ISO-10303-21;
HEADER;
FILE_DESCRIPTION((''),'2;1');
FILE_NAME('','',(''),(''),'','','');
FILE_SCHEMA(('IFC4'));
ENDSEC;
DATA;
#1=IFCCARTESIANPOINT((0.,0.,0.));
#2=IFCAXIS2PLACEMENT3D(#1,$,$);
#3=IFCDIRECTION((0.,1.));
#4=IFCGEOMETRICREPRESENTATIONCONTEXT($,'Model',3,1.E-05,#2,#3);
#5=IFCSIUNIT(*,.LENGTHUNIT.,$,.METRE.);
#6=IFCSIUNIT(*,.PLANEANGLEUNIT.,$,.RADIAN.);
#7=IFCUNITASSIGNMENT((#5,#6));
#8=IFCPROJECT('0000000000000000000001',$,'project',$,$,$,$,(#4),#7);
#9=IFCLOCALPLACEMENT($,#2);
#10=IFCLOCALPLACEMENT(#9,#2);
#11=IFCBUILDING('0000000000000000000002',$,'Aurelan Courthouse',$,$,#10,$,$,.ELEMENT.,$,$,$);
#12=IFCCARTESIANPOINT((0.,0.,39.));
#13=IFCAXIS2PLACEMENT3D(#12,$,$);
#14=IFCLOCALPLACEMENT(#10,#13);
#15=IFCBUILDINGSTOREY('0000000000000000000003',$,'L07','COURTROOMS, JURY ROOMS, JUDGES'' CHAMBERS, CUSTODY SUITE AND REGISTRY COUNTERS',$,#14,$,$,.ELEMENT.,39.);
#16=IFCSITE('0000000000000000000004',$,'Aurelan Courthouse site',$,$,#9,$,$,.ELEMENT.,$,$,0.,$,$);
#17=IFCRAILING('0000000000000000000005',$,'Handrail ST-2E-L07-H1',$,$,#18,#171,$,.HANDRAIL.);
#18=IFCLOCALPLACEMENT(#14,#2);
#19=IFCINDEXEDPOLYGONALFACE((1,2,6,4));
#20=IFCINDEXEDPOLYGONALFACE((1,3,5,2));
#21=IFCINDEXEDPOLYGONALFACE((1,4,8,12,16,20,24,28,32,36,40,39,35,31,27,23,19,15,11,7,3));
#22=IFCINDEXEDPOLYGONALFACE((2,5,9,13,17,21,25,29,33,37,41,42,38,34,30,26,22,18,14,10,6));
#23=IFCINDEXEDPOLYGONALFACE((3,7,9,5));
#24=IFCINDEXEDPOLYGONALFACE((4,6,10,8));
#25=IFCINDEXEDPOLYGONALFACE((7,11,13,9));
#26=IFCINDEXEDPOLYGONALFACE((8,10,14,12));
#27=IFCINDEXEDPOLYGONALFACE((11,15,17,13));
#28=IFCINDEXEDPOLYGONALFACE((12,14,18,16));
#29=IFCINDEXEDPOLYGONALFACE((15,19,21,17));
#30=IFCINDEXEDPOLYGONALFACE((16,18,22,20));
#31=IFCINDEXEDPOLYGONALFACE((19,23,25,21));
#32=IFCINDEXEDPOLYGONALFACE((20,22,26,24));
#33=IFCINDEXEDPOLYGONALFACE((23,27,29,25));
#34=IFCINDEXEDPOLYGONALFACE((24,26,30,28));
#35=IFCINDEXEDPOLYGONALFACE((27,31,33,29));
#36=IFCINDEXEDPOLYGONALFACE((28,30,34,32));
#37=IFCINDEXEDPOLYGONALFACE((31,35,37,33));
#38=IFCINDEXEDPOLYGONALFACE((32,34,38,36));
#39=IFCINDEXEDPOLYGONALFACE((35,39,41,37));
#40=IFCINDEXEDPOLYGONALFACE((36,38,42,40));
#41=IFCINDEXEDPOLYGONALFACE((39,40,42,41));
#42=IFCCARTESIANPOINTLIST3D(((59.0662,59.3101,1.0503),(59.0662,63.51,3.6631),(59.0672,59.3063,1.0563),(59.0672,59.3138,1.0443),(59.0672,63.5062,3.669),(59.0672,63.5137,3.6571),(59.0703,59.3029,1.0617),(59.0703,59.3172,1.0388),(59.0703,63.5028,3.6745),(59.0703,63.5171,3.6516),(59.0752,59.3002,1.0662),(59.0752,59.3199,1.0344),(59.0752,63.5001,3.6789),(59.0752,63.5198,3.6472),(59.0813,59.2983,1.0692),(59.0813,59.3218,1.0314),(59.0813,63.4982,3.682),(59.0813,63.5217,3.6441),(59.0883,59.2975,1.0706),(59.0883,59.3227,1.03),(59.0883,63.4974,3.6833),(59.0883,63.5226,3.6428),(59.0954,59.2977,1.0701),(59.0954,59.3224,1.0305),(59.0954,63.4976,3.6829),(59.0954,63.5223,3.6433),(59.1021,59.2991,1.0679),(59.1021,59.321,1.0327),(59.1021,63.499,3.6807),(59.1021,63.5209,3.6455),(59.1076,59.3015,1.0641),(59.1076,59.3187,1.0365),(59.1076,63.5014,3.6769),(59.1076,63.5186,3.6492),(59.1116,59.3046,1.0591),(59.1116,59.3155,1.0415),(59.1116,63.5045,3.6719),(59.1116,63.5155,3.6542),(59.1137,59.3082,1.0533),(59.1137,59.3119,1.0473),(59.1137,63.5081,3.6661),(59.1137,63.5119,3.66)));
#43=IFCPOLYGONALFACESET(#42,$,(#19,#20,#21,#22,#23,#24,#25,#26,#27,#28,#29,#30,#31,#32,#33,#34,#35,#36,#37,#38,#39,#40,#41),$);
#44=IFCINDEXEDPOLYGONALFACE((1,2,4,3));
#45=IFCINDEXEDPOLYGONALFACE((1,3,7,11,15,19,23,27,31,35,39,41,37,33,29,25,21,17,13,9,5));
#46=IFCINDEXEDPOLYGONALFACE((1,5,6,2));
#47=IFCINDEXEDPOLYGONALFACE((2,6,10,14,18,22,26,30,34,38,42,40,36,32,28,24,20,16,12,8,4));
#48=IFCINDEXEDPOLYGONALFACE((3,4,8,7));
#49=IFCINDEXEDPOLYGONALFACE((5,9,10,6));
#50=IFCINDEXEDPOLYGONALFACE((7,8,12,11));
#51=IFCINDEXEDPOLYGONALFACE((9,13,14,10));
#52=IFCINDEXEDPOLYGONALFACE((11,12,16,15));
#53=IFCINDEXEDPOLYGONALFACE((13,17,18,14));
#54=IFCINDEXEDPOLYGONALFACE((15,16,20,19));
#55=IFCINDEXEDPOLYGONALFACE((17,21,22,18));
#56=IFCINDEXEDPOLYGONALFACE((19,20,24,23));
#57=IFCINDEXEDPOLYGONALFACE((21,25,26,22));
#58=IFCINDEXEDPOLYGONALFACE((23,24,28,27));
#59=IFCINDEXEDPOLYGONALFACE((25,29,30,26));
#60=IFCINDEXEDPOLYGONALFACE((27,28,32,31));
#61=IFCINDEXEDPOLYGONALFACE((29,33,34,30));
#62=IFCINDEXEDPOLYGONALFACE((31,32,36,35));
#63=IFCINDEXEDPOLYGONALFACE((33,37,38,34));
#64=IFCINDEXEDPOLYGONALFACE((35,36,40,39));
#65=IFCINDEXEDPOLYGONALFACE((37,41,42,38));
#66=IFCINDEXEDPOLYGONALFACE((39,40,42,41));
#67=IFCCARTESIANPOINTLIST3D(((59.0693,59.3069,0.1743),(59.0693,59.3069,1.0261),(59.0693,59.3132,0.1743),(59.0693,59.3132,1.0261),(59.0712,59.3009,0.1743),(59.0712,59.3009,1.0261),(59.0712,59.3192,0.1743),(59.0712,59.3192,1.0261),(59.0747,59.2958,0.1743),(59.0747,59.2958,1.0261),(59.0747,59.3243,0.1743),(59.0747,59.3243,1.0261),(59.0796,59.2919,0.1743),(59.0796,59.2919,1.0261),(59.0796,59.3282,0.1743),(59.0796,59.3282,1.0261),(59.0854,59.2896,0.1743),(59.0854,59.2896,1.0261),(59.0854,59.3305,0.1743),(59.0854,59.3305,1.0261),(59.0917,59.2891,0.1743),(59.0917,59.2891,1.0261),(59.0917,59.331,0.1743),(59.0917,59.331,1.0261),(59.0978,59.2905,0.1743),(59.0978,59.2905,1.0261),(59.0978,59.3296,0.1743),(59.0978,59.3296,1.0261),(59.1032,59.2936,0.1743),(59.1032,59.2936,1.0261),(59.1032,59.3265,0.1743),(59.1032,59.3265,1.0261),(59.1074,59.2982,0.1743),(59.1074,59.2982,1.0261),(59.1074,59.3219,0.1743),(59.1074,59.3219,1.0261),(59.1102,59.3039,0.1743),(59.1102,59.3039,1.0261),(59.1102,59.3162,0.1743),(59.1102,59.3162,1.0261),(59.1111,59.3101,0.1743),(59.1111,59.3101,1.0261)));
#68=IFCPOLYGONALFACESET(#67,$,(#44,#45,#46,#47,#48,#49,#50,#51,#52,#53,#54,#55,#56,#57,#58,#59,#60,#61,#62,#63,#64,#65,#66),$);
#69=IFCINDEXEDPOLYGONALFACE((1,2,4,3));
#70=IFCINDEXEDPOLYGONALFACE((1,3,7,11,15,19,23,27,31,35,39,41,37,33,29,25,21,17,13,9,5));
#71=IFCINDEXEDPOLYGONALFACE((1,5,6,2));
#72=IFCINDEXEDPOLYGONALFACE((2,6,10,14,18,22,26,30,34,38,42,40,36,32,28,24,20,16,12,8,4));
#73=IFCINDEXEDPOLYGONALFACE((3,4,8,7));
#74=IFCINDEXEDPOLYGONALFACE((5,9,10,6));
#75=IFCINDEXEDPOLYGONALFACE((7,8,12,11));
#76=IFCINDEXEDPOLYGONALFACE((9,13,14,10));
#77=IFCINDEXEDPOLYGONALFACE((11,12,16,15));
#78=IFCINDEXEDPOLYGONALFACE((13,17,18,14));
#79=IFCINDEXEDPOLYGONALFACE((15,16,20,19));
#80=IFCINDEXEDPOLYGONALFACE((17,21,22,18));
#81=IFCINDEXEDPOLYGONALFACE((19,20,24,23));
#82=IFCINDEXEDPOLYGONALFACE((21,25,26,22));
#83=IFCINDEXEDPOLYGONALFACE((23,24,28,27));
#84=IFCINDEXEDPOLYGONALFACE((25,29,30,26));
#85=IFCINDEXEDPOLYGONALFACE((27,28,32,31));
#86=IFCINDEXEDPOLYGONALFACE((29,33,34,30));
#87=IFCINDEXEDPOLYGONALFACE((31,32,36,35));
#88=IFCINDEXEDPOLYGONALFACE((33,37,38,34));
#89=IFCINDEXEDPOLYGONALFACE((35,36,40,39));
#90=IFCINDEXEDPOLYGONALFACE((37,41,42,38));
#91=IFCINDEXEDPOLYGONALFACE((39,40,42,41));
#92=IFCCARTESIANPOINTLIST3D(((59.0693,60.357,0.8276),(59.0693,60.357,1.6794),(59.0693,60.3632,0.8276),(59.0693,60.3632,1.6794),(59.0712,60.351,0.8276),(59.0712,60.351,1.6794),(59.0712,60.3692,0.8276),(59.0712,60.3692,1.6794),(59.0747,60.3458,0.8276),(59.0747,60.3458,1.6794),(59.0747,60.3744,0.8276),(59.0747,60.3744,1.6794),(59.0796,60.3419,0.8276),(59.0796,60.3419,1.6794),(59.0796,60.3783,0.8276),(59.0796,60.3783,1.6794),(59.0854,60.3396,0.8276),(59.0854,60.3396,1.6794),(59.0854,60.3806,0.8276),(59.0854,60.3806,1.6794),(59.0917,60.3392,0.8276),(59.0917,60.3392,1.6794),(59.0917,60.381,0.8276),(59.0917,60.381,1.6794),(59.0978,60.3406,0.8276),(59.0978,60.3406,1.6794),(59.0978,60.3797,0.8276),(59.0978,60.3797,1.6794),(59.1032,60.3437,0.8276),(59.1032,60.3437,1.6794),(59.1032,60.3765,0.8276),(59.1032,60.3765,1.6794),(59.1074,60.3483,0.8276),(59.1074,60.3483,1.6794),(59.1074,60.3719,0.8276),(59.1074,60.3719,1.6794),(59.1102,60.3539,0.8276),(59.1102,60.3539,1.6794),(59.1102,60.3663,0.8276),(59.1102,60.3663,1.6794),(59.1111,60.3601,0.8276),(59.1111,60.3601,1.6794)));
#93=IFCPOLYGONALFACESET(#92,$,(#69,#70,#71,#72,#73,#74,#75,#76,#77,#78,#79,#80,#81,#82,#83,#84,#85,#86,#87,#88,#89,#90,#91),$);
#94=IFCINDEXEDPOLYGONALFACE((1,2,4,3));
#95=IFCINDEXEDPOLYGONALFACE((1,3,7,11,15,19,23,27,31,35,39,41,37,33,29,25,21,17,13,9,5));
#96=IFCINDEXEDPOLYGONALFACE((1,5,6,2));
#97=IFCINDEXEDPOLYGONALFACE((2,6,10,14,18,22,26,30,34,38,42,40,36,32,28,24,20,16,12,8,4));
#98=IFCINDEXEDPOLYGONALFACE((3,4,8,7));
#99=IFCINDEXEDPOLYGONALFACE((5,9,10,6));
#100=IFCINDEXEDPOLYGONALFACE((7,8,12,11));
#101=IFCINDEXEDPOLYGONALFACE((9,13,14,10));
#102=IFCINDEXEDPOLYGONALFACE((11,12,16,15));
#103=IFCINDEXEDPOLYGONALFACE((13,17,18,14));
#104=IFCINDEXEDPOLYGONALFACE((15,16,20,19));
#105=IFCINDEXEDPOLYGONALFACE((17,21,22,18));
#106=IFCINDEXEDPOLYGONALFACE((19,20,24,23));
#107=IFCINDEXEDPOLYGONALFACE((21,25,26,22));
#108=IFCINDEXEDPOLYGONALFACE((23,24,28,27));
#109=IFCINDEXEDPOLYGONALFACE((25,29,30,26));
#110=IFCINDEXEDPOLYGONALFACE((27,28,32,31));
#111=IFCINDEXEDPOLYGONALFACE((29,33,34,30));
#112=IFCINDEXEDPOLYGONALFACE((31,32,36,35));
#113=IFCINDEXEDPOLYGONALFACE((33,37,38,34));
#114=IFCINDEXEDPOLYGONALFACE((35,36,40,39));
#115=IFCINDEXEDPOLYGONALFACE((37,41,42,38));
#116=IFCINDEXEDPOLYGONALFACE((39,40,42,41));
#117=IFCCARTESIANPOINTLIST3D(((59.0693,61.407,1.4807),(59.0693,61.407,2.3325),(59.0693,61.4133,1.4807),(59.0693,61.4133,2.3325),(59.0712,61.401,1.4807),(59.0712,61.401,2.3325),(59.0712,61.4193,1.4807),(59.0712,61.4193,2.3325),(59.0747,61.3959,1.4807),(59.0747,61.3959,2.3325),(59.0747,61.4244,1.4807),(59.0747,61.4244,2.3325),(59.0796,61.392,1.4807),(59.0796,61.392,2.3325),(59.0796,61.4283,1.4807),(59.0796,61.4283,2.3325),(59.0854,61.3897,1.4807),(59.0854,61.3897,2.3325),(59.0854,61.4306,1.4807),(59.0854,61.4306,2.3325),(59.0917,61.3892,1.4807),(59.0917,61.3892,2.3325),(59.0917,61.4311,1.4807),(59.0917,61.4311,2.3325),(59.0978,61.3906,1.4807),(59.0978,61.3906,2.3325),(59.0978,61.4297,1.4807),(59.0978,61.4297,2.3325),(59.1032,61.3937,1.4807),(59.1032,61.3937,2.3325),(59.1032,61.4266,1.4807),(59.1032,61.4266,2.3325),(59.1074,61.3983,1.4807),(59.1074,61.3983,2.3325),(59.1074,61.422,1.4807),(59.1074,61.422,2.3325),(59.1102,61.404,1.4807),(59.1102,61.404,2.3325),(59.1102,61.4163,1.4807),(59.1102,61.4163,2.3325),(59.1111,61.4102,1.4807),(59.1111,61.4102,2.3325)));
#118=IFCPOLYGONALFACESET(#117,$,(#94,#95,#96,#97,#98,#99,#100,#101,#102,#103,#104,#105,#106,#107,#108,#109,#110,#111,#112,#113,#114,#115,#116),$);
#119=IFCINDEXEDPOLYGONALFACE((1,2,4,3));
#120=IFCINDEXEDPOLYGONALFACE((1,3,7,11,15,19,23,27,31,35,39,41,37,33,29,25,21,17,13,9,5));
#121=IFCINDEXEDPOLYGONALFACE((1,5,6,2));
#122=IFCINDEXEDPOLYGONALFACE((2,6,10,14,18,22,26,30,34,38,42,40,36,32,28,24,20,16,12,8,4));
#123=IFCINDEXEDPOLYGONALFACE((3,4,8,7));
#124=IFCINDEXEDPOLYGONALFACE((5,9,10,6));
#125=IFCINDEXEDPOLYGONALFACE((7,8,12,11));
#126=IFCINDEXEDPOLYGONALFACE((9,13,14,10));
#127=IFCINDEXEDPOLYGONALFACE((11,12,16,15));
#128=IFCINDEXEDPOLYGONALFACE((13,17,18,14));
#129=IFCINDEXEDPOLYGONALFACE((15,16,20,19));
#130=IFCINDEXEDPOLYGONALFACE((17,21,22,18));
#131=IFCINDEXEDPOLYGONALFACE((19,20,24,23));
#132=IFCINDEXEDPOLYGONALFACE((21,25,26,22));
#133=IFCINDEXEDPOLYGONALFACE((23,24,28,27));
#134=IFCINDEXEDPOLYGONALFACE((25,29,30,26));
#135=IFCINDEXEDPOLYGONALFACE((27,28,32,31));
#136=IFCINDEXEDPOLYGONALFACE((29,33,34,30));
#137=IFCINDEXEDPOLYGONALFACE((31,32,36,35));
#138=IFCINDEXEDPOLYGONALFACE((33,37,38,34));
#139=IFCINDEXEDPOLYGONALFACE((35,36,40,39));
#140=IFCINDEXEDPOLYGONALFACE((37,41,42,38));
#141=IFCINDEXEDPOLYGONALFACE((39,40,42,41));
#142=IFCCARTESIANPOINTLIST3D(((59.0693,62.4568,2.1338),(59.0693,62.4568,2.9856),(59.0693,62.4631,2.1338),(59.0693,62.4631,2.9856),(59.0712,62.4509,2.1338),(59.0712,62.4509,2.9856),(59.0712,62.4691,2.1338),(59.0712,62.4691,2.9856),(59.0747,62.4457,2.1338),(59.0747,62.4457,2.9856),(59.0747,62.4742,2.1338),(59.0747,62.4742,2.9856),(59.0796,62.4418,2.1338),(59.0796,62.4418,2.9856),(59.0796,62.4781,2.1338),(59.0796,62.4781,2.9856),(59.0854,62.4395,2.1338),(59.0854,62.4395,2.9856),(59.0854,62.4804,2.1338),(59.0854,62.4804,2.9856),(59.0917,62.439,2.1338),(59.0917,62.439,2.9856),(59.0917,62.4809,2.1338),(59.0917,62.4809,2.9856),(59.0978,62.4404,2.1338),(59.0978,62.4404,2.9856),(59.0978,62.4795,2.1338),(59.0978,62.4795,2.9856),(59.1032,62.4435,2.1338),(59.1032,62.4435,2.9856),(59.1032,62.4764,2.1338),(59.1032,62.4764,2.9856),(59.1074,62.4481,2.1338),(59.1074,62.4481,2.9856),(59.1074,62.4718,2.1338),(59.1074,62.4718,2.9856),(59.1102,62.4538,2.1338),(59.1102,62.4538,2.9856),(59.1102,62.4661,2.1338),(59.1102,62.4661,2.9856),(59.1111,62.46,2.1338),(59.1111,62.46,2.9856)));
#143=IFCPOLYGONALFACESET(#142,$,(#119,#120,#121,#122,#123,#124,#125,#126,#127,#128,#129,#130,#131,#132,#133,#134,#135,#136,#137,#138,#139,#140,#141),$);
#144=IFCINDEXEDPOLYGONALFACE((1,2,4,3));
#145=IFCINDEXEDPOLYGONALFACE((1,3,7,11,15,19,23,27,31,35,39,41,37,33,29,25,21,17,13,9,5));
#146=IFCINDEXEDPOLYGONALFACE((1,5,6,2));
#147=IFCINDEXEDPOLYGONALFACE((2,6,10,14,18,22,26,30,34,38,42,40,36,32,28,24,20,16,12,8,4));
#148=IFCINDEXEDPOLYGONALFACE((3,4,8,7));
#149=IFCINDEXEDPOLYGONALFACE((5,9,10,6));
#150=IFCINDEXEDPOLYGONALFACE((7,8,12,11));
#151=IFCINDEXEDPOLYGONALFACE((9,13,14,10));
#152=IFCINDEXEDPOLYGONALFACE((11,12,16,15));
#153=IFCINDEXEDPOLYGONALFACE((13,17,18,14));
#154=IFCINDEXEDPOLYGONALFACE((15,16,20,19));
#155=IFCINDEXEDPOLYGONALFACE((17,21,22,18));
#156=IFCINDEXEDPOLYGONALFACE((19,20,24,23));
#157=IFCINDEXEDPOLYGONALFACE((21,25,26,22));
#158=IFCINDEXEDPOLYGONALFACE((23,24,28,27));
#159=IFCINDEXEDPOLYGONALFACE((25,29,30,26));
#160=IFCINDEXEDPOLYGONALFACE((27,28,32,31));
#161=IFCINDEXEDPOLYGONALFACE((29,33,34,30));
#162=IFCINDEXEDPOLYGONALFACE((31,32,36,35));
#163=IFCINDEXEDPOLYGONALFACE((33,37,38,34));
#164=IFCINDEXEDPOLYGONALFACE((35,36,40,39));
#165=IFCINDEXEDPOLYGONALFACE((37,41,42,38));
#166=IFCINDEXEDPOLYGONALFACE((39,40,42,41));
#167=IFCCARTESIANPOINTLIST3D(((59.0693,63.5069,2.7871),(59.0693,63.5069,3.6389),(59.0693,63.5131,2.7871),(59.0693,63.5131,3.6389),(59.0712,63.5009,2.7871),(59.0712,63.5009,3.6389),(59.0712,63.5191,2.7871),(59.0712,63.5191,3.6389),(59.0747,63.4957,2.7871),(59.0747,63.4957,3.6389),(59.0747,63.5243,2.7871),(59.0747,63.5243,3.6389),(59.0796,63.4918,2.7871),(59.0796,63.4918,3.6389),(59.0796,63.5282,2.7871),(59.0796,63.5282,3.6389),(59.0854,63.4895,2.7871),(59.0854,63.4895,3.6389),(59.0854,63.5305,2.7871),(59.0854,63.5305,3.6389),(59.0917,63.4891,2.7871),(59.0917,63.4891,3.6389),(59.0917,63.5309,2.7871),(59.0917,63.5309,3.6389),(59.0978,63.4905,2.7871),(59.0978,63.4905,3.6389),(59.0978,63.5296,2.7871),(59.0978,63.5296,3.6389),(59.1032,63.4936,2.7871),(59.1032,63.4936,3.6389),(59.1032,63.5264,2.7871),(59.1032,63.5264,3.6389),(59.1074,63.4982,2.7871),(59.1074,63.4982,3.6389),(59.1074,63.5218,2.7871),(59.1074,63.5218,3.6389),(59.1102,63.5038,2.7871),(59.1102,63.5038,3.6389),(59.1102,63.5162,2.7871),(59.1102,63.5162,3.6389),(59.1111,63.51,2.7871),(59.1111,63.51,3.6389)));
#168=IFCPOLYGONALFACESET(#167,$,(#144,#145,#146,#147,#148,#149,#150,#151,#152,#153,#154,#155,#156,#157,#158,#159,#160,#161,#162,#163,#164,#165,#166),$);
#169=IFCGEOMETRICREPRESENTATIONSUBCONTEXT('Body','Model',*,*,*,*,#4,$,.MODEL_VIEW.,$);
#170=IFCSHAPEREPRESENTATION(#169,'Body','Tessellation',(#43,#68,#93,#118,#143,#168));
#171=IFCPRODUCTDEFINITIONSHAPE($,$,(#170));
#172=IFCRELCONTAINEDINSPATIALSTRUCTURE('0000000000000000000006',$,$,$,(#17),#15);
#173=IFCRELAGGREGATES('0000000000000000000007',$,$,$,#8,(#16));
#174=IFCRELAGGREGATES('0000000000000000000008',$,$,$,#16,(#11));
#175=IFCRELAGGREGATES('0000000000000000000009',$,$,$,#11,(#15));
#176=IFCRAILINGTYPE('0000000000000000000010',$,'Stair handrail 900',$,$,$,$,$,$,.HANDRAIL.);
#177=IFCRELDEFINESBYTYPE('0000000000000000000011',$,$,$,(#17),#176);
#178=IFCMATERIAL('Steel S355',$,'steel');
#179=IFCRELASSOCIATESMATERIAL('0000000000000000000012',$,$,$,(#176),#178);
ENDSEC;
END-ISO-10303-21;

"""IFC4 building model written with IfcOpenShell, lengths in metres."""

from ifc_helpers import new_model, si_unit, direction, frame, origin, origin_2d, place, context, subcontext, project, spatial, circle, extrude, material, type_object, element, save


model = new_model("IFC4")

# Units and contexts
model_context = context("Model", 3, precision=1e-05, world=origin(), true_north=direction((0.0, 1.0)))
body_context = subcontext(model_context, "Body", "Model", "MODEL_VIEW")
ifc_project = project(units=[si_unit("LENGTHUNIT", "METRE"), si_unit("PLANEANGLEUNIT", "RADIAN")], contexts=[model_context])

# Site, building, storey
site_placement = place(None, origin())
site = spatial("IfcSite", under=ifc_project, at=site_placement, Name="Aurelan Courthouse site", CompositionType="ELEMENT", RefElevation=0.0)
building_placement = place(site_placement, origin())
building = spatial("IfcBuilding", under=site, at=building_placement, Name="Aurelan Courthouse", CompositionType="ELEMENT")
storey_placement = place(building_placement, frame((0.0, 0.0, 39.0)))
storey = spatial("IfcBuildingStorey", under=building, at=storey_placement, Name="L07", Description="COURTROOMS, JURY ROOMS, JUDGES' CHAMBERS, CUSTODY SUITE AND REGISTRY COUNTERS", CompositionType="ELEMENT", Elevation=39.0)

# Railing
ifc_material_1 = material(Name="Steel S355", Category="steel")
railing_type_1 = type_object("IfcRailingType", Name="Stair handrail 900", PredefinedType="HANDRAIL", material=ifc_material_1)
for number, where, name in (
    (1, (59.0901, 59.3101, 0.1743), "Handrail ST-2E-L07-H1"),
):
    element("IfcRailing", number, at=place(storey_placement, frame(where)), inside=storey, type_object=railing_type_1, Name=name, PredefinedType="HANDRAIL", context=body_context, shape_type="SweptSolid", body=[
        extrude(circle(Radius=0.0239, at=origin_2d()), frame((0.0, 0.0, 0.876), z_axis=(0.0, 0.849103, 0.528228), x_axis=(-1.0, 0.0, 0.0)), (0.0, 0.0, 1.0), 4.9463),
        extrude(circle(Radius=0.021, at=origin_2d()), origin(), (0.0, 0.0, 1.0), 0.8518),
        extrude(circle(Radius=0.021, at=origin_2d()), frame((0.0, 1.05, 0.6533)), (0.0, 0.0, 1.0), 0.8518),
        extrude(circle(Radius=0.021, at=origin_2d()), frame((0.0, 2.1001, 1.3064)), (0.0, 0.0, 1.0), 0.8518),
        extrude(circle(Radius=0.021, at=origin_2d()), frame((0.0, 3.1499, 1.9595)), (0.0, 0.0, 1.0), 0.8518),
        extrude(circle(Radius=0.021, at=origin_2d()), frame((0.0, 4.2, 2.6128)), (0.0, 0.0, 1.0), 0.8518),
    ])

save(model, "model.ifc")
